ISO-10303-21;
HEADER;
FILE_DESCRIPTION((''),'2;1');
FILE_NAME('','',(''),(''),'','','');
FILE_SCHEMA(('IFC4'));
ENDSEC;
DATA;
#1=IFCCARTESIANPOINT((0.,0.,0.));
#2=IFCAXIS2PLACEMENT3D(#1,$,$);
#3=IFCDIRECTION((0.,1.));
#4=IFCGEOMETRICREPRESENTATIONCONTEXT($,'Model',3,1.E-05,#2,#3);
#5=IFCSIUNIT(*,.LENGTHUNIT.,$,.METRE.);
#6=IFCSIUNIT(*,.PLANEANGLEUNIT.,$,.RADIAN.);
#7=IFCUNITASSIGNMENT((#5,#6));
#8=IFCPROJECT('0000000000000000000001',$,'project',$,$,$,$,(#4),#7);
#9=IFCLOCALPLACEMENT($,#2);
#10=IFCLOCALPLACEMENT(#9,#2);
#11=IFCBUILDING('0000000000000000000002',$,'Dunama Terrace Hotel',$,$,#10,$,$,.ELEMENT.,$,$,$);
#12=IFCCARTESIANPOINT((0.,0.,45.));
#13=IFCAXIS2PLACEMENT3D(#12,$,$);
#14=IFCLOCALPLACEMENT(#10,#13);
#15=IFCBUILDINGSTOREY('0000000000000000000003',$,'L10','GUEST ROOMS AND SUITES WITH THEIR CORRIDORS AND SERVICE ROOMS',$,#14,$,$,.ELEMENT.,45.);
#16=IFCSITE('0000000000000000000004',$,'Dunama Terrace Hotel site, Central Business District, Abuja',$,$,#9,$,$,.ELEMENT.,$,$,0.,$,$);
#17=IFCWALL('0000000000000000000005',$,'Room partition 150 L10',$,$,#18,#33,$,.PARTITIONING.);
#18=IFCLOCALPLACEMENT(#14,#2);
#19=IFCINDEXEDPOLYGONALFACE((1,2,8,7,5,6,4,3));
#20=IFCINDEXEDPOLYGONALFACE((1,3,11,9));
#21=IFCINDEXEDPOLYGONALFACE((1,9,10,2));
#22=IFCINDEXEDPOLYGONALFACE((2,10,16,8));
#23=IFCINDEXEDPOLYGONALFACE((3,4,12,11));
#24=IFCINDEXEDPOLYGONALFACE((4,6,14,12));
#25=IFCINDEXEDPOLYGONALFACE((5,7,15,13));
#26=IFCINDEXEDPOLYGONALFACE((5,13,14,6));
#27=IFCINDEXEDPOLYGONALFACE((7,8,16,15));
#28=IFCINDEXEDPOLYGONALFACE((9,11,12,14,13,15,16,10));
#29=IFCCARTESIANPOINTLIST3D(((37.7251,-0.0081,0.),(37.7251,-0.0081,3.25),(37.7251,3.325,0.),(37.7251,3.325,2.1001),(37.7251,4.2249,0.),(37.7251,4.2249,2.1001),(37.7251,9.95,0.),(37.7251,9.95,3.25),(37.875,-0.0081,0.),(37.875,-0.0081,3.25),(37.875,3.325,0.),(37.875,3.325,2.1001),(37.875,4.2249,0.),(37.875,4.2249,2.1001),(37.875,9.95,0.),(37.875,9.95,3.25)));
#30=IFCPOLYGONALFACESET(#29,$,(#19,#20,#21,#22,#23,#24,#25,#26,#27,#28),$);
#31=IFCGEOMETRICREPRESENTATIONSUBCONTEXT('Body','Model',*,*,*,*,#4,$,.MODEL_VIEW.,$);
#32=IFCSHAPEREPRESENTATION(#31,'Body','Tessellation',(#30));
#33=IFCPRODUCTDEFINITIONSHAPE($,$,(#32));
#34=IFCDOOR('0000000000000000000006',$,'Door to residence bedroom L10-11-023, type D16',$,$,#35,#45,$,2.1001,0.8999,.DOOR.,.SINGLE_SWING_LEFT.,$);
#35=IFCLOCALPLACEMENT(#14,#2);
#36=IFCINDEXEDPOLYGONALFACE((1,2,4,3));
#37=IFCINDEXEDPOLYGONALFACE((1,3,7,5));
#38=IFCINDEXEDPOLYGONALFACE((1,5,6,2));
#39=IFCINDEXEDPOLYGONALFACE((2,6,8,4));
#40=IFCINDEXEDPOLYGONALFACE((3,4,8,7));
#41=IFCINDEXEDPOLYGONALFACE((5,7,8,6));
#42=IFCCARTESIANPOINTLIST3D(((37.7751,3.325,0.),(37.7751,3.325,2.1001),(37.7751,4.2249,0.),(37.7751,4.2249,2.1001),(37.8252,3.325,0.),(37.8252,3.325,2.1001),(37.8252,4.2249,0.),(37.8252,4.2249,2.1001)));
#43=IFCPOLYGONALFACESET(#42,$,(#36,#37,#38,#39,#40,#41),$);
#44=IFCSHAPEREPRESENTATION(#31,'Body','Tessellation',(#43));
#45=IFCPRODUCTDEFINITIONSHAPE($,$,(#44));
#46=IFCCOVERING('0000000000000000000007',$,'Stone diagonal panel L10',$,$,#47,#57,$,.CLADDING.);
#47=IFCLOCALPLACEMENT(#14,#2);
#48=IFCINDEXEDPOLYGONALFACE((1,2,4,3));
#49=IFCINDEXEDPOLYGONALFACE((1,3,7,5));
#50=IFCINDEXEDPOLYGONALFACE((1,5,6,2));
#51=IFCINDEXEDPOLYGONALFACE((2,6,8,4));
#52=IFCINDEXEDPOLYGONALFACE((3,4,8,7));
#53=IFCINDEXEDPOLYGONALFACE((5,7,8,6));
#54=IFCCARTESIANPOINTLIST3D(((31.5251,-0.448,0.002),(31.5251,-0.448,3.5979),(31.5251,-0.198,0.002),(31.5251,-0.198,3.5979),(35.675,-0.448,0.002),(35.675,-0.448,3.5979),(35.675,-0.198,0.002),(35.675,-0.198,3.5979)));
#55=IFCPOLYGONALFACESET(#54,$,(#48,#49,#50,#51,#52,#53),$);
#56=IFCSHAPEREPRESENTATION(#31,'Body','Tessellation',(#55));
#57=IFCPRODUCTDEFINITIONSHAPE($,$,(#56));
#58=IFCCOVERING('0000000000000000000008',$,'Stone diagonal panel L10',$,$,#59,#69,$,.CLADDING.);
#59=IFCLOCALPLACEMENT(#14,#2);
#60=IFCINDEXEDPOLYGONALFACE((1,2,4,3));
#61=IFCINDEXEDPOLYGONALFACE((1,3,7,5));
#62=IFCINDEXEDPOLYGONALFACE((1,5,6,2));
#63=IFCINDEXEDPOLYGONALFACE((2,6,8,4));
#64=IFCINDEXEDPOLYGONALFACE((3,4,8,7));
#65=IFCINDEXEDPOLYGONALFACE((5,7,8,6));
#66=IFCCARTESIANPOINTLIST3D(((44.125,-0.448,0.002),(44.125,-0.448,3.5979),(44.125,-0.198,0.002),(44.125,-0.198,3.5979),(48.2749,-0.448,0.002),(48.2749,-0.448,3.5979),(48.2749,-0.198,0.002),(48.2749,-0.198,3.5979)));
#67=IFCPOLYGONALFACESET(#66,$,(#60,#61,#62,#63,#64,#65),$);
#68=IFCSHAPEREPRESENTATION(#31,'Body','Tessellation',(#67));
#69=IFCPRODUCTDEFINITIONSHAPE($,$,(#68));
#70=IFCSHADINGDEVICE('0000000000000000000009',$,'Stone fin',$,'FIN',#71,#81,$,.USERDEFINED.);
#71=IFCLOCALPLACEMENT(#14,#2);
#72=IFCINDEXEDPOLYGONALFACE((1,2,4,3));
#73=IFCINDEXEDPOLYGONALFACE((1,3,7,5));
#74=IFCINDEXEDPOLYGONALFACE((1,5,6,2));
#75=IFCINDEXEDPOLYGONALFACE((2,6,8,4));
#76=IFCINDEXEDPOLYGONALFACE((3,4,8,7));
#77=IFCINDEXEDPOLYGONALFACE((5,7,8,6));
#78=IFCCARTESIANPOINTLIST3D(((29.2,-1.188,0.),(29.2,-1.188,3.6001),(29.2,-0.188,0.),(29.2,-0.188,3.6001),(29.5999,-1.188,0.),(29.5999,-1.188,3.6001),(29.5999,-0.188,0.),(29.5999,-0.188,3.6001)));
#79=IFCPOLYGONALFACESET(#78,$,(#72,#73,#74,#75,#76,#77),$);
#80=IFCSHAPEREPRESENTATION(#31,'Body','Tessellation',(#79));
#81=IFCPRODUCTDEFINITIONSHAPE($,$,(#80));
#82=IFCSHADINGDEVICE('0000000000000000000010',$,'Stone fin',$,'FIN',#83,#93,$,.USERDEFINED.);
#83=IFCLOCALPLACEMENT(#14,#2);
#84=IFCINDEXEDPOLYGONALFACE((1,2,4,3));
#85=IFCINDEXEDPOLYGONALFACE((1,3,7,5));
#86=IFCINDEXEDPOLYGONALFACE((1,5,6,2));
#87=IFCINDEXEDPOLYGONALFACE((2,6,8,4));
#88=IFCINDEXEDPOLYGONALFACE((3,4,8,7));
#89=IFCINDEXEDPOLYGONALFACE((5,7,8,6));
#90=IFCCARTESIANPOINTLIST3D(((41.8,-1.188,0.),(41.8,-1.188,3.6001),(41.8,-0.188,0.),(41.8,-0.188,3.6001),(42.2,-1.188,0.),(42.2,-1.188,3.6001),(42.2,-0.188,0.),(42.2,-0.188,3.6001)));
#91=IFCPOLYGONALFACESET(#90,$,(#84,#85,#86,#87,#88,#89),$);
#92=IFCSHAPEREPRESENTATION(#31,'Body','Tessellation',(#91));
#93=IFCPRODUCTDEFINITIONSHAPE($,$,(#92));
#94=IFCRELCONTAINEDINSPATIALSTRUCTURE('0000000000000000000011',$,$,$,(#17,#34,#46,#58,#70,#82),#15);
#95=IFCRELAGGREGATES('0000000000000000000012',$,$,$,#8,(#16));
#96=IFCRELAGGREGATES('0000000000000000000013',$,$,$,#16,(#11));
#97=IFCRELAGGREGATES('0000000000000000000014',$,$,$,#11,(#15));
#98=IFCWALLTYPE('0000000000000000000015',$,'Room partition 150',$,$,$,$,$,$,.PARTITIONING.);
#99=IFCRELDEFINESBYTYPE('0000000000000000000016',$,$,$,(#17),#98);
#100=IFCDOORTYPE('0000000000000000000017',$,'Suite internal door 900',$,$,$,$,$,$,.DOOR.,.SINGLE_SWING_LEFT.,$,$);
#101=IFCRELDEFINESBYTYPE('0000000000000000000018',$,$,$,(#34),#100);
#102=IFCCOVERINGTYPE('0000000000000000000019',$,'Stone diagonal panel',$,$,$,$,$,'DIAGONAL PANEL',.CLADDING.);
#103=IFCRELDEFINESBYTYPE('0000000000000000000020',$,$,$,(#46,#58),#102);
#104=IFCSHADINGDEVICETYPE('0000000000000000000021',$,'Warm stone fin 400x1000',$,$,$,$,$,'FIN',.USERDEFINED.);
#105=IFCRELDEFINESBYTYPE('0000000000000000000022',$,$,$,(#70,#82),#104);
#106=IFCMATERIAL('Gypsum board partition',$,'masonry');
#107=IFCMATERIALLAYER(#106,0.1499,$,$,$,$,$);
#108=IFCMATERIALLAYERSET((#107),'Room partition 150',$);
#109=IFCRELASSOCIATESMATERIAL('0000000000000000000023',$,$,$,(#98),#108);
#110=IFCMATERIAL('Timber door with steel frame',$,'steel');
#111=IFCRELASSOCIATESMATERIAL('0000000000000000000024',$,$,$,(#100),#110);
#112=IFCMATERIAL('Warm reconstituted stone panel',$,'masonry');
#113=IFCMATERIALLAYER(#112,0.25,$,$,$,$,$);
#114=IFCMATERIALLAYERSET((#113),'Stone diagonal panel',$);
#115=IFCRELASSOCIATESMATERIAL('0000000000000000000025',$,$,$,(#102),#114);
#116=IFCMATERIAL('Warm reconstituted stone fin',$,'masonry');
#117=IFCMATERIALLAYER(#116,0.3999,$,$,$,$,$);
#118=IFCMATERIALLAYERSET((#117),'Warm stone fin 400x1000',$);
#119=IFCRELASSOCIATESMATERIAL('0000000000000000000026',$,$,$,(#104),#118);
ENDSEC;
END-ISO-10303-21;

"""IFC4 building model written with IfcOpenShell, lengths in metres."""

from ifc_helpers import new_model, si_unit, direction, frame, frame_2d, origin, origin_2d, place, context, subcontext, project, spatial, rectangle, extrude, material, layer, layer_set, type_object, element, fill, save


model = new_model("IFC4")

# Units and contexts
model_context = context("Model", 3, precision=1e-05, world=origin(), true_north=direction((0.0, 1.0)))
body_context = subcontext(model_context, "Body", "Model", "MODEL_VIEW")
ifc_project = project(units=[si_unit("LENGTHUNIT", "METRE"), si_unit("PLANEANGLEUNIT", "RADIAN")], contexts=[model_context])

# Site, building, storey
site_placement = place(None, origin())
site = spatial("IfcSite", under=ifc_project, at=site_placement, Name="Dunama Terrace Hotel site, Central Business District, Abuja", CompositionType="ELEMENT", RefElevation=0.0)
building_placement = place(site_placement, origin())
building = spatial("IfcBuilding", under=site, at=building_placement, Name="Dunama Terrace Hotel", CompositionType="ELEMENT")
storey_placement = place(building_placement, frame((0.0, 0.0, 45.0)))
storey = spatial("IfcBuildingStorey", under=building, at=storey_placement, Name="L10", Description="GUEST ROOMS AND SUITES WITH THEIR CORRIDORS AND SERVICE ROOMS", CompositionType="ELEMENT", Elevation=45.0)

# Wall, opening, door
ifc_material_1 = material(Name="Gypsum board partition", Category="masonry")
ifc_layer_1 = layer(ifc_material_1, 0.1499)
ifc_layer_set_1 = layer_set([ifc_layer_1], Name="Room partition 150")
wall_type_1 = type_object("IfcWallType", Name="Room partition 150", PredefinedType="PARTITIONING", material=ifc_layer_set_1)
ifc_material_2 = material(Name="Timber door with steel frame", Category="steel")
door_type_1 = type_object("IfcDoorType", Name="Suite internal door 900", OperationType="SINGLE_SWING_LEFT", PredefinedType="DOOR", material=ifc_material_2)
wall_1_placement = place(storey_placement, frame((37.8, -0.0081, 0.0), z_axis=(0.0, 0.0, 1.0), x_axis=(0.0, 1.0, 0.0)))
wall_1 = element("IfcWall", 1, at=wall_1_placement, inside=storey, type_object=wall_type_1, Name="Room partition 150 L10", PredefinedType="PARTITIONING", context=body_context, shape_type="SweptSolid", body=[
    extrude(rectangle(XDim=9.958, YDim=0.1499, at=frame_2d((4.979, 0.0))), origin(), (0.0, 0.0, 1.0), 3.25),
])
opening_1_placement = place(wall_1_placement, frame((3.333, 0.0, 0.0)))
opening_1 = element("IfcOpeningElement", 2, at=opening_1_placement, cuts=wall_1, PredefinedType="OPENING", context=body_context, shape_type="SweptSolid", body=[
    extrude(rectangle(XDim=0.8999, YDim=2.1001, at=frame_2d((0.45, 1.05))), frame((0.0, 0.085, 0.0), z_axis=(0.0, -1.0, 0.0), x_axis=(1.0, 0.0, 0.0)), (0.0, 0.0, 1.0), 0.1699),
])
door_1_placement = place(opening_1_placement, frame((0.8999, 0.0, 0.0), z_axis=(0.0, 0.0, 1.0), x_axis=(-1.0, 0.0, 0.0)))
door_1 = element("IfcDoor", 3, at=door_1_placement, inside=storey, type_object=door_type_1, Name="Door to residence bedroom L10-11-023, type D16", OperationType="SINGLE_SWING_LEFT", OverallHeight=2.1001, OverallWidth=0.8999, PredefinedType="DOOR", context=body_context, shape_type="SweptSolid", body=[
    extrude(rectangle(XDim=0.8999, YDim=2.1001, at=frame_2d((0.45, 1.05))), frame((0.0, 0.0251, 0.0), z_axis=(0.0, -1.0, 0.0), x_axis=(1.0, 0.0, 0.0)), (0.0, 0.0, 1.0), 0.05),
])
fill(opening_1, door_1)

# Coverings
ifc_material_3 = material(Name="Warm reconstituted stone panel", Category="masonry")
ifc_layer_2 = layer(ifc_material_3, 0.25)
ifc_layer_set_2 = layer_set([ifc_layer_2], Name="Stone diagonal panel")
covering_type = type_object("IfcCoveringType", Name="Stone diagonal panel", ElementType="DIAGONAL PANEL", PredefinedType="CLADDING", material=ifc_layer_set_2)
for number, where, z_axis, x_axis, name in (
    (4, (33.6001, -0.323, 0.002), (0.0, 0.0, 1.0), (1.0, 0.0, 0.0), "Stone diagonal panel L10"),
    (5, (46.2, -0.323, 0.002), (0.0, 0.0, 1.0), (1.0, 0.0, 0.0), "Stone diagonal panel L10"),
):
    element("IfcCovering", number, at=place(storey_placement, frame(where, z_axis=z_axis, x_axis=x_axis)), inside=storey, type_object=covering_type, Name=name, PredefinedType="CLADDING", context=body_context, shape_type="SweptSolid", body=[
        extrude(rectangle(XDim=4.1499, YDim=0.25, at=origin_2d()), origin(), (0.0, 0.0, 1.0), 3.5959),
    ])

# Shading devices
ifc_material_4 = material(Name="Warm reconstituted stone fin", Category="masonry")
ifc_layer_3 = layer(ifc_material_4, 0.3999)
ifc_layer_set_3 = layer_set([ifc_layer_3], Name="Warm stone fin 400x1000")
shading_device_type = type_object("IfcShadingDeviceType", Name="Warm stone fin 400x1000", ElementType="FIN", PredefinedType="USERDEFINED", material=ifc_layer_set_3)
for number, where, z_axis, x_axis, name in (
    (6, (29.3999, -0.688, 0.0), (0.0, 0.0, 1.0), (1.0, 0.0, 0.0), "Stone fin"),
    (7, (42.0, -0.688, 0.0), (0.0, 0.0, 1.0), (1.0, 0.0, 0.0), "Stone fin"),
):
    element("IfcShadingDevice", number, at=place(storey_placement, frame(where, z_axis=z_axis, x_axis=x_axis)), inside=storey, type_object=shading_device_type, Name=name, ObjectType="FIN", PredefinedType="USERDEFINED", context=body_context, shape_type="SweptSolid", body=[
        extrude(rectangle(XDim=0.3999, YDim=1.0, at=origin_2d()), origin(), (0.0, 0.0, 1.0), 3.6001),
    ])

save(model, "model.ifc")
